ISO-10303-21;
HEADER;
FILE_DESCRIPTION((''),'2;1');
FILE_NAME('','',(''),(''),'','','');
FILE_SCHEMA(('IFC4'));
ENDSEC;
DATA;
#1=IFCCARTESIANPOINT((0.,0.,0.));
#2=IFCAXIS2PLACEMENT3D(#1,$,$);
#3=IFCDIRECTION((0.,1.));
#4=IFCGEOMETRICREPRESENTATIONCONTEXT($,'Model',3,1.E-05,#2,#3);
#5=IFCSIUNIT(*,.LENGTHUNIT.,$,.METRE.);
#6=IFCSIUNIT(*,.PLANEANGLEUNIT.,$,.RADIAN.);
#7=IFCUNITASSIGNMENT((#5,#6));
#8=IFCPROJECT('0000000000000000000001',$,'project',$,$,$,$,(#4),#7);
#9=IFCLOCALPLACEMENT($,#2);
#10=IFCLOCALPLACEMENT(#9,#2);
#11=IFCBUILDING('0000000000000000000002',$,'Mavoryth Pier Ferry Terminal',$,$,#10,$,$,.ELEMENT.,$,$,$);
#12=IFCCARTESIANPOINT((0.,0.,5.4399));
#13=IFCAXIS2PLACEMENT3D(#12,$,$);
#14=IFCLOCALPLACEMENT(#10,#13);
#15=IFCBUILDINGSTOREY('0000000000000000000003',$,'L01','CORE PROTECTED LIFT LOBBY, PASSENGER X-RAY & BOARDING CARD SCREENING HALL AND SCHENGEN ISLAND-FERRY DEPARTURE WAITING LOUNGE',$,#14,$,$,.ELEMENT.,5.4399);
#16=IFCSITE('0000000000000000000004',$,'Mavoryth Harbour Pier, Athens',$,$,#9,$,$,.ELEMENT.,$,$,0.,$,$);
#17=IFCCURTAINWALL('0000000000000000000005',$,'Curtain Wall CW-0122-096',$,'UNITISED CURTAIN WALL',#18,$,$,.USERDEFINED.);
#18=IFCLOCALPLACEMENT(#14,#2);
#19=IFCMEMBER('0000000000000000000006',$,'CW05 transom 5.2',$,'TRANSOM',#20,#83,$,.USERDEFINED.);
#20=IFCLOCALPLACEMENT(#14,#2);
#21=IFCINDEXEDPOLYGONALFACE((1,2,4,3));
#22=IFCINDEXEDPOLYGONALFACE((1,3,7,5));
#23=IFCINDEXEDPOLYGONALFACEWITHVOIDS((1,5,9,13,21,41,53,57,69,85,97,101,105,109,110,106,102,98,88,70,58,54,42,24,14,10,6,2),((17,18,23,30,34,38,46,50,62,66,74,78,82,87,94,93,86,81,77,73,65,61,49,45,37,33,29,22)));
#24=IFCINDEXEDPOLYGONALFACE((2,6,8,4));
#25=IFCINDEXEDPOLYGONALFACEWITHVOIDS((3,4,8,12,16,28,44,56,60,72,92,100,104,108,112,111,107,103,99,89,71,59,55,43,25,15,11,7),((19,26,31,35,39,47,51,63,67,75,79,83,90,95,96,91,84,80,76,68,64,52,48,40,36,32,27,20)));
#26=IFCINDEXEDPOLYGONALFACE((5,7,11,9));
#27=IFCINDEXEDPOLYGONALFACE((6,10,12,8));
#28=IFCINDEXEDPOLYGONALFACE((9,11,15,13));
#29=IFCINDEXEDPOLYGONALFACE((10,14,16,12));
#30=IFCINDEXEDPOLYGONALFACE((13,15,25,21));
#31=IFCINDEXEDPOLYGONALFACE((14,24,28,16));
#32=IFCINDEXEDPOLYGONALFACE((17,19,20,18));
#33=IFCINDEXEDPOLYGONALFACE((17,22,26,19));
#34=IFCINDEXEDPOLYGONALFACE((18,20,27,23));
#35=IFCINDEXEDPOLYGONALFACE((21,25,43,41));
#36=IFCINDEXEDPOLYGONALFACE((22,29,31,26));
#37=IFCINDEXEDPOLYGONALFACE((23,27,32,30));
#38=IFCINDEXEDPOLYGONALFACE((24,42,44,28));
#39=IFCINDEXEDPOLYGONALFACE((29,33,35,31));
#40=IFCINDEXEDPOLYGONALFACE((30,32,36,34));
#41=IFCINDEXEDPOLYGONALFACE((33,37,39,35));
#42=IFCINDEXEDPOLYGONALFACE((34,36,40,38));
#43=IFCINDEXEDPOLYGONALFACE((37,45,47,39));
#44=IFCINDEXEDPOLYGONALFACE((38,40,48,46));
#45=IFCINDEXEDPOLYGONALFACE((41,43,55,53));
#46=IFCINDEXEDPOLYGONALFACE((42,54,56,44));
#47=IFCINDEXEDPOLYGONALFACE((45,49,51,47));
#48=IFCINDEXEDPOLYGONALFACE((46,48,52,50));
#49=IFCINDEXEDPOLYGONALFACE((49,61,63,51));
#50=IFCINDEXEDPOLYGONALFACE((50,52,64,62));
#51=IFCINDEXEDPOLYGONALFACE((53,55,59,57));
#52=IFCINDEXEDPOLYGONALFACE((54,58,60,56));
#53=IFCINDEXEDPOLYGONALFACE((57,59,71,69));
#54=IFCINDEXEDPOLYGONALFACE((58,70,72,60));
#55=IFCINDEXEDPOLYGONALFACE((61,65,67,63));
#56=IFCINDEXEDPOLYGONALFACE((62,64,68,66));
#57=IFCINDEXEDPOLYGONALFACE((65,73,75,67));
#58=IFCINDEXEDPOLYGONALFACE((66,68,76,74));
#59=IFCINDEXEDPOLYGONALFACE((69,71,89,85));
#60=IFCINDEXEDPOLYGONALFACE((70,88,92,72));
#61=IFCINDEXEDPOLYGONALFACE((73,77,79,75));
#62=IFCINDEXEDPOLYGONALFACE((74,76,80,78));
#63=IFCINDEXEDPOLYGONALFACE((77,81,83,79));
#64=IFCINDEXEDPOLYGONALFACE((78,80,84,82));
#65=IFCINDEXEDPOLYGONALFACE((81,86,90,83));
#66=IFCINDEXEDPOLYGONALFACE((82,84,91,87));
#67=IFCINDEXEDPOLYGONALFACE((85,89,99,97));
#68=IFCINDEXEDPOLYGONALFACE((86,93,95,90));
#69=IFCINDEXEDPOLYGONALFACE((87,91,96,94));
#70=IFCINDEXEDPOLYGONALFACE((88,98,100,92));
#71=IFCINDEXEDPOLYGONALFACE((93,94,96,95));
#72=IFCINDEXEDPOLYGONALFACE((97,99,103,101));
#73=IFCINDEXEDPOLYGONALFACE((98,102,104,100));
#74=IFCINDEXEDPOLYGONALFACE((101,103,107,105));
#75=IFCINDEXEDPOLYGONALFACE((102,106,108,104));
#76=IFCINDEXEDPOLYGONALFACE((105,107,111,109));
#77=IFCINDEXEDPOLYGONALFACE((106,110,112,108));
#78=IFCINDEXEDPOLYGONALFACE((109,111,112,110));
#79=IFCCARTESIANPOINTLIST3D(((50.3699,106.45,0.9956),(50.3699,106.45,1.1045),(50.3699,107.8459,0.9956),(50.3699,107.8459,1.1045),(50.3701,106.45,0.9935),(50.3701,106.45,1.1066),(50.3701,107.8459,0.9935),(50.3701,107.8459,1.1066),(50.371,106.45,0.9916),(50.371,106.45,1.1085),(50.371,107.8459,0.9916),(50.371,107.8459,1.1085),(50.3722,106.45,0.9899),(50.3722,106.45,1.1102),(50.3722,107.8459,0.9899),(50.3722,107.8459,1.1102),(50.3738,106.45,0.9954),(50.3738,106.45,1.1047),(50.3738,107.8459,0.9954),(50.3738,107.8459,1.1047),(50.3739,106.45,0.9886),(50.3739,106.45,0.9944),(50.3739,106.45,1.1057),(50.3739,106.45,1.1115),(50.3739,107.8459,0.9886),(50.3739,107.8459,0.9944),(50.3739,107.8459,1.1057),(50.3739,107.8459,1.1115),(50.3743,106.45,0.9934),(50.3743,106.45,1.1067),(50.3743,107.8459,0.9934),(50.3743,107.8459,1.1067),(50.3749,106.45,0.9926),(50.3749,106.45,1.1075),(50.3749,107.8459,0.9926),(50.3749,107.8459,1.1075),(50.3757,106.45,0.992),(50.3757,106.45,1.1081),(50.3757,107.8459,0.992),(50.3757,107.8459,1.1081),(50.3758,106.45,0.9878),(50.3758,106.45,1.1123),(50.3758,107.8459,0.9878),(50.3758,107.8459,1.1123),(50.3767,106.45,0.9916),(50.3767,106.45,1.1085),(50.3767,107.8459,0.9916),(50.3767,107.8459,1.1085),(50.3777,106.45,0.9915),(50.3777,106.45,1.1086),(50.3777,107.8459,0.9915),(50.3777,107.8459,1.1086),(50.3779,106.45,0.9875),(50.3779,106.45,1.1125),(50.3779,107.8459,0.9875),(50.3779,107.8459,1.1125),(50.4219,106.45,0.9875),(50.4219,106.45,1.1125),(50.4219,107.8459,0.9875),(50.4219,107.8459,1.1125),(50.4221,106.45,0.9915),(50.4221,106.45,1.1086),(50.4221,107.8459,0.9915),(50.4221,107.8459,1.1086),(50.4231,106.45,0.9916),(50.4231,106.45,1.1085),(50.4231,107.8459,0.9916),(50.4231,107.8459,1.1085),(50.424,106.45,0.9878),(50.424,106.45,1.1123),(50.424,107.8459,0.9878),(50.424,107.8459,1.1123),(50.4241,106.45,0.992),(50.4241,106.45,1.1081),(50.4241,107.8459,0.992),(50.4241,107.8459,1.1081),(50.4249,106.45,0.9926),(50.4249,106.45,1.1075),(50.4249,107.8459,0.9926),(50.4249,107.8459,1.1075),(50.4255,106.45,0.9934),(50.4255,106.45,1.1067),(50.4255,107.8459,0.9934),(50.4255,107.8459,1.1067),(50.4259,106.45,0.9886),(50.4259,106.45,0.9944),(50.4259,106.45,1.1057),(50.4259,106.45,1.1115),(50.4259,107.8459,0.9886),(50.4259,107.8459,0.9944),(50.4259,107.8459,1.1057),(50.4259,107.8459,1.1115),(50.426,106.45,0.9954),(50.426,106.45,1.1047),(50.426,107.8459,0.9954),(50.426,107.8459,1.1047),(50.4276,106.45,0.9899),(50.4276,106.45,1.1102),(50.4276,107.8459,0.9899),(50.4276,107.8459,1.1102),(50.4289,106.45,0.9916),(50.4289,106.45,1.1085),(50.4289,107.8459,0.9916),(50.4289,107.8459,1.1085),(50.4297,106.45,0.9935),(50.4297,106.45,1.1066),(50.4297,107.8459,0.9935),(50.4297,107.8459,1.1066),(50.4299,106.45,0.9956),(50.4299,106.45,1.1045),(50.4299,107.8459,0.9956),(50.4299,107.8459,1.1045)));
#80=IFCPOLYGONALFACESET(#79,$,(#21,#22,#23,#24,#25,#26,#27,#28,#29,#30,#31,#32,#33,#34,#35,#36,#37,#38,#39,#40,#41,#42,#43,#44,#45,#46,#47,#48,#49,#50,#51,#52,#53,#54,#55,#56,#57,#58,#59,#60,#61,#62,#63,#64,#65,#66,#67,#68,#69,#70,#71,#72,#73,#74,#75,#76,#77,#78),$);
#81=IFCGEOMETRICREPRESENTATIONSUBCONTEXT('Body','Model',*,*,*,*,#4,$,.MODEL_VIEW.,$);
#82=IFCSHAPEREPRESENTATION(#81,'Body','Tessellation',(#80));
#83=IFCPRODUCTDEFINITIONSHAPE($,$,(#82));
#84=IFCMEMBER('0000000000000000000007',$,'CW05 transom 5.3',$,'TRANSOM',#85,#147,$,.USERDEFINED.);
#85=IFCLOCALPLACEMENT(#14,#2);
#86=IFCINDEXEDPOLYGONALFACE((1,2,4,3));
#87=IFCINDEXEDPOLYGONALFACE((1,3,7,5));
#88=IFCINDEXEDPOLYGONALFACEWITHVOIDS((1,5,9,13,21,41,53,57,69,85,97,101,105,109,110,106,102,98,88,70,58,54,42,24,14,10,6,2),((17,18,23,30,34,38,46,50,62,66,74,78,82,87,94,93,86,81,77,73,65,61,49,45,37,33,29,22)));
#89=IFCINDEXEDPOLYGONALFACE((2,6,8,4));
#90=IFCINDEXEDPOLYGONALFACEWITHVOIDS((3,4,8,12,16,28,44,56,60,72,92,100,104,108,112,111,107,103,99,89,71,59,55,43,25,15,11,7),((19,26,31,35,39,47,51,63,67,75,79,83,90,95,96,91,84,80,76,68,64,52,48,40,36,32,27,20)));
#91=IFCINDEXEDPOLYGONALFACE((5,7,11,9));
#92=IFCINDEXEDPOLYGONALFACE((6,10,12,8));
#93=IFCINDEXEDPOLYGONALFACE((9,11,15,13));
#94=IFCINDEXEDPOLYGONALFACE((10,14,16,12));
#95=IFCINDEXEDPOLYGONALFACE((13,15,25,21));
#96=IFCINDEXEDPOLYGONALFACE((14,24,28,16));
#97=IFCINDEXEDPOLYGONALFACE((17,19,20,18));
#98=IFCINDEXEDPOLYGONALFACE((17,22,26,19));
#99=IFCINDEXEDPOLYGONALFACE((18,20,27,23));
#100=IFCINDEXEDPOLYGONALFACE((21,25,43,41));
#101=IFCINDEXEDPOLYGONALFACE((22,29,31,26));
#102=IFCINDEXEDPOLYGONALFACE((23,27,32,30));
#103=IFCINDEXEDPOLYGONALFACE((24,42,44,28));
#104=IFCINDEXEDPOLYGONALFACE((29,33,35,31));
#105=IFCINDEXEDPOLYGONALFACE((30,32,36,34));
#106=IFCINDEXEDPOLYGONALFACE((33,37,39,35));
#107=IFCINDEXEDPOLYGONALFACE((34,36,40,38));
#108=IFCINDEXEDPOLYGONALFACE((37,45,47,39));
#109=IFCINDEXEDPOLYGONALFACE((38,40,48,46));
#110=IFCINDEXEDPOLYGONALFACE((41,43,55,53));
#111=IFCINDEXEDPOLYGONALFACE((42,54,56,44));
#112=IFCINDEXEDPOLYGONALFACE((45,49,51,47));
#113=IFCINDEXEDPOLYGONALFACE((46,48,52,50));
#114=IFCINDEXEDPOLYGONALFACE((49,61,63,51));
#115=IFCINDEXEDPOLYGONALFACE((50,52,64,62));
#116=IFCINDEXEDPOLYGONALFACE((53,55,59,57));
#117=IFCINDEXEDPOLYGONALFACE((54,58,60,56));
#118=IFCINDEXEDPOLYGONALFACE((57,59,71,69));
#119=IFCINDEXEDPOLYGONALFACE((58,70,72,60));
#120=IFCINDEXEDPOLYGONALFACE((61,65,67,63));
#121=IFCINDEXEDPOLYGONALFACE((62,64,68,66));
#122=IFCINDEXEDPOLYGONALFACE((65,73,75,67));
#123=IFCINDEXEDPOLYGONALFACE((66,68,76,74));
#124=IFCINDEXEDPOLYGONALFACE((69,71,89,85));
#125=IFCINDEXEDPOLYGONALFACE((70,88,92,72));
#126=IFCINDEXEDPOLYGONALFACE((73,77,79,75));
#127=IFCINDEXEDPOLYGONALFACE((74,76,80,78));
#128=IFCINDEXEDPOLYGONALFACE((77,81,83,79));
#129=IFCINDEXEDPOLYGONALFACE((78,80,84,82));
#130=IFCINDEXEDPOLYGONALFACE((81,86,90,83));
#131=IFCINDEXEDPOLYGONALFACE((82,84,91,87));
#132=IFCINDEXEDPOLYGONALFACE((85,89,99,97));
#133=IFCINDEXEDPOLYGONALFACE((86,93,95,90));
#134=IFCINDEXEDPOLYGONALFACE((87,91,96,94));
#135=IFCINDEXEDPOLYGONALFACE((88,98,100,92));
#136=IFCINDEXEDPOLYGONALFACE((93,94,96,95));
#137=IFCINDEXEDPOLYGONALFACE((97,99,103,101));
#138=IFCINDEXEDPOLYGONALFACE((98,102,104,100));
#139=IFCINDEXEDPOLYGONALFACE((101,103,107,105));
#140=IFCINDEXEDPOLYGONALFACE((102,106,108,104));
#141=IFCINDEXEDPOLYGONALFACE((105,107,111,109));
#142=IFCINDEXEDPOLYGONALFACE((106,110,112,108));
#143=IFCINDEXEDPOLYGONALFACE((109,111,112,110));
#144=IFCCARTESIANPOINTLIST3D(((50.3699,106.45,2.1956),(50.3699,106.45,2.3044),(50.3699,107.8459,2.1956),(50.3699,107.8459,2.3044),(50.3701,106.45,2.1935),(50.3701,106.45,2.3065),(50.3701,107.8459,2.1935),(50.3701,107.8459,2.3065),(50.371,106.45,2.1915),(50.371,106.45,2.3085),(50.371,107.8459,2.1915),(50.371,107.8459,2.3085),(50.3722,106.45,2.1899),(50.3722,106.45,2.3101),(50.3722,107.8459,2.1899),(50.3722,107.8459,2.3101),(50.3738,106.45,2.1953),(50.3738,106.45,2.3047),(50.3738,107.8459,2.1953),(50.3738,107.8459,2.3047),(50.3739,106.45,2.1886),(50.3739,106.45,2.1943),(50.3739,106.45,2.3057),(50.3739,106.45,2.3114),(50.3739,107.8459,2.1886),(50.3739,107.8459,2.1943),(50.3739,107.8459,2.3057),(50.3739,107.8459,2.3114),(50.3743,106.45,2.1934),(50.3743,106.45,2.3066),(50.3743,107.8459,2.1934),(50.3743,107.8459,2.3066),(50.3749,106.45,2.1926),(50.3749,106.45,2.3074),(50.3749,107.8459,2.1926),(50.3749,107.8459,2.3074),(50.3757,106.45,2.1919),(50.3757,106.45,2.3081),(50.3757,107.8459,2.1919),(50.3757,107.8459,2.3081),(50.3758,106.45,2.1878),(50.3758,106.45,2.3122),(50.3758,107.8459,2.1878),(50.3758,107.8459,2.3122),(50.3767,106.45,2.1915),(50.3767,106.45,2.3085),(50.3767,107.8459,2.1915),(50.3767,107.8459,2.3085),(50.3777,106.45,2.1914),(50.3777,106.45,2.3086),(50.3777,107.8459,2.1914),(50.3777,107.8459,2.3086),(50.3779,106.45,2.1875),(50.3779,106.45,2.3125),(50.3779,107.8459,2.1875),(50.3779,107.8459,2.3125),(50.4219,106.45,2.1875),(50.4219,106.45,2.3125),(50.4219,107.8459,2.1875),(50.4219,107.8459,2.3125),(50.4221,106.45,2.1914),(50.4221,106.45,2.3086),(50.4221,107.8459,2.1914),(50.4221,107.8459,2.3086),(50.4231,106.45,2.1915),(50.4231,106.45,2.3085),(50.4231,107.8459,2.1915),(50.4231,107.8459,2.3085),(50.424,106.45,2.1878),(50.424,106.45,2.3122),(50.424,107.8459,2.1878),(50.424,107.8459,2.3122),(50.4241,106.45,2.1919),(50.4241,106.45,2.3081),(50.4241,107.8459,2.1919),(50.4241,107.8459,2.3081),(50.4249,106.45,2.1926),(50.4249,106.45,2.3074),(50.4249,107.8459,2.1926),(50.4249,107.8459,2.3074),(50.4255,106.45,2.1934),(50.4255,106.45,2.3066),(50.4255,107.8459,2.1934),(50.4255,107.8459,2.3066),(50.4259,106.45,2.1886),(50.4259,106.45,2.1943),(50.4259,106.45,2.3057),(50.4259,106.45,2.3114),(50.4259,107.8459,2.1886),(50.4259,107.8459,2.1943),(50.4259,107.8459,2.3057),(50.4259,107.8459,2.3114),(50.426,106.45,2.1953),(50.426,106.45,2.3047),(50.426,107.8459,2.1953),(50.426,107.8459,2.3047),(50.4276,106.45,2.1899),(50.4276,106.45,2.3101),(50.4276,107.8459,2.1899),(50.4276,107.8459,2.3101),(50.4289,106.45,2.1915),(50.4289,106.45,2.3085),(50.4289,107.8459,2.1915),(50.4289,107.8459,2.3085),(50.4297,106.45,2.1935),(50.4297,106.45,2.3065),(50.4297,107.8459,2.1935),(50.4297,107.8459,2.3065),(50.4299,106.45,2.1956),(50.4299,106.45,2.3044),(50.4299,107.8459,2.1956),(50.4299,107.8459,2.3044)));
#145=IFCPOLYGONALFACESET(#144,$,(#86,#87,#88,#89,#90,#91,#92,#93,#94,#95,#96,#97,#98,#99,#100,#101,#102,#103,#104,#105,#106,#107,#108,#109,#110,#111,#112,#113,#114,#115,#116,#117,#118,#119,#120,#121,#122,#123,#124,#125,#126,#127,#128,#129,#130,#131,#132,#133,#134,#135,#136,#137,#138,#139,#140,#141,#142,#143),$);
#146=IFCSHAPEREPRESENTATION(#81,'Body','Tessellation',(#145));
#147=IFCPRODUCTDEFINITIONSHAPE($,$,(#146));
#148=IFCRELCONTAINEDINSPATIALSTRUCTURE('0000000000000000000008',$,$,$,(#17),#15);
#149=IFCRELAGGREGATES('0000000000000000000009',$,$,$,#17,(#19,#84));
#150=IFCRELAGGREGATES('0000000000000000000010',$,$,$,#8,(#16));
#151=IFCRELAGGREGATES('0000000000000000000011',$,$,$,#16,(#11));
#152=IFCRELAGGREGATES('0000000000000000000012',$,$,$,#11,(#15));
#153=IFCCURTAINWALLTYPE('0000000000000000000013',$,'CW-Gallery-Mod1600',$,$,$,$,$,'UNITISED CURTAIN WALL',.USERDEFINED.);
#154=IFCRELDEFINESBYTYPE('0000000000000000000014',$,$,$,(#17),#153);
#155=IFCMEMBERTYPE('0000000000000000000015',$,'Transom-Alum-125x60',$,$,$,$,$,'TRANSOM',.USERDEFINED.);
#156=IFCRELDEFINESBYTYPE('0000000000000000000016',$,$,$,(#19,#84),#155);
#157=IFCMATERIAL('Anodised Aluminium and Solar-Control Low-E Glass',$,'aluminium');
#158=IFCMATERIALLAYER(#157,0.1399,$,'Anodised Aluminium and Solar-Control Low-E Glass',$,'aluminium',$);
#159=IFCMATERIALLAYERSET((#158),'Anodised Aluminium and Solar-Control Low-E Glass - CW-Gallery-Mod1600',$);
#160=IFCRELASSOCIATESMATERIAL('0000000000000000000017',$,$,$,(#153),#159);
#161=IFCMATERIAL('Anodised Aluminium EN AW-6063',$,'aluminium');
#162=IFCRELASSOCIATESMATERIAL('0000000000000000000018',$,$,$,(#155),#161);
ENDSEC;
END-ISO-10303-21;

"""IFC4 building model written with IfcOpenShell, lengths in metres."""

from ifc_helpers import new_model, si_unit, direction, frame, origin, origin_2d, place, context, subcontext, project, spatial, hollow_rectangle, extrude, material, layer, layer_set, material_profile, profile_set, type_object, element, aggregate, save


model = new_model("IFC4")

# Units and contexts
model_context = context("Model", 3, precision=1e-05, world=origin(), true_north=direction((0.0, 1.0)))
body_context = subcontext(model_context, "Body", "Model", "MODEL_VIEW")
ifc_project = project(units=[si_unit("LENGTHUNIT", "METRE"), si_unit("PLANEANGLEUNIT", "RADIAN")], contexts=[model_context])

# Site, building, storey
site_placement = place(None, origin())
site = spatial("IfcSite", under=ifc_project, at=site_placement, Name="Mavoryth Harbour Pier, Athens", CompositionType="ELEMENT", RefElevation=0.0)
building_placement = place(site_placement, origin())
building = spatial("IfcBuilding", under=site, at=building_placement, Name="Mavoryth Pier Ferry Terminal", CompositionType="ELEMENT")
storey_placement = place(building_placement, frame((0.0, 0.0, 5.4399)))
storey = spatial("IfcBuildingStorey", under=building, at=storey_placement, Name="L01", Description="CORE PROTECTED LIFT LOBBY, PASSENGER X-RAY & BOARDING CARD SCREENING HALL AND SCHENGEN ISLAND-FERRY DEPARTURE WAITING LOUNGE", CompositionType="ELEMENT", Elevation=5.4399)

# Curtain wall
ifc_material_1 = material(Name="Anodised Aluminium and Solar-Control Low-E Glass", Category="aluminium")
ifc_layer_1 = layer(ifc_material_1, 0.1399, Name="Anodised Aluminium and Solar-Control Low-E Glass", Category="aluminium")
ifc_layer_set_1 = layer_set([ifc_layer_1], Name="Anodised Aluminium and Solar-Control Low-E Glass - CW-Gallery-Mod1600")
curtain_wall_type = type_object("IfcCurtainWallType", Name="CW-Gallery-Mod1600", ElementType="UNITISED CURTAIN WALL", PredefinedType="USERDEFINED", material=ifc_layer_set_1)
curtain_wall_placement = place(storey_placement, origin())
curtain_wall = element("IfcCurtainWall", 1, at=curtain_wall_placement, inside=storey, type_object=curtain_wall_type, Name="Curtain Wall CW-0122-096", ObjectType="UNITISED CURTAIN WALL", PredefinedType="USERDEFINED")
ifc_material_2 = material(Name="Anodised Aluminium EN AW-6063", Category="aluminium")

# Members
ifc_material_profile_1 = material_profile(ifc_material_2, hollow_rectangle(XDim=0.0601, YDim=0.125, WallThickness=0.0039, InnerFilletRadius=0.0039, OuterFilletRadius=0.0081, at=origin_2d()), Name="AL-TRAN 125x60x4", Category="aluminium")
ifc_profile_set_1 = profile_set([ifc_material_profile_1], Name="Anodised Aluminium EN AW-6063 - AL-TRAN 125x60x4")
member_type_1 = type_object("IfcMemberType", Name="Transom-Alum-125x60", ElementType="TRANSOM", PredefinedType="USERDEFINED", material=ifc_profile_set_1)
member_1_placement = place(storey_placement, frame((50.3999, 107.8459, 1.05), z_axis=(0.0, -1.0, 0.0), x_axis=(1.0, 0.0, 0.0)))
member_1 = element("IfcMember", 2, at=member_1_placement, type_object=member_type_1, Name="CW05 transom 5.2", ObjectType="TRANSOM", PredefinedType="USERDEFINED", context=body_context, shape_type="SweptSolid", body=[
    extrude(hollow_rectangle(XDim=0.0601, YDim=0.125, WallThickness=0.0039, InnerFilletRadius=0.0039, OuterFilletRadius=0.0081, at=origin_2d()), origin(), (0.0, 0.0, 1.0), 1.396),
])
member_2_placement = place(storey_placement, frame((50.3999, 107.8459, 2.25), z_axis=(0.0, -1.0, 0.0), x_axis=(1.0, 0.0, 0.0)))
member_2 = element("IfcMember", 3, at=member_2_placement, type_object=member_type_1, Name="CW05 transom 5.3", ObjectType="TRANSOM", PredefinedType="USERDEFINED", context=body_context, shape_type="SweptSolid", body=[
    extrude(hollow_rectangle(XDim=0.0601, YDim=0.125, WallThickness=0.0039, InnerFilletRadius=0.0039, OuterFilletRadius=0.0081, at=origin_2d()), origin(), (0.0, 0.0, 1.0), 1.396),
])

aggregate(curtain_wall, [member_1, member_2])

save(model, "model.ifc")
